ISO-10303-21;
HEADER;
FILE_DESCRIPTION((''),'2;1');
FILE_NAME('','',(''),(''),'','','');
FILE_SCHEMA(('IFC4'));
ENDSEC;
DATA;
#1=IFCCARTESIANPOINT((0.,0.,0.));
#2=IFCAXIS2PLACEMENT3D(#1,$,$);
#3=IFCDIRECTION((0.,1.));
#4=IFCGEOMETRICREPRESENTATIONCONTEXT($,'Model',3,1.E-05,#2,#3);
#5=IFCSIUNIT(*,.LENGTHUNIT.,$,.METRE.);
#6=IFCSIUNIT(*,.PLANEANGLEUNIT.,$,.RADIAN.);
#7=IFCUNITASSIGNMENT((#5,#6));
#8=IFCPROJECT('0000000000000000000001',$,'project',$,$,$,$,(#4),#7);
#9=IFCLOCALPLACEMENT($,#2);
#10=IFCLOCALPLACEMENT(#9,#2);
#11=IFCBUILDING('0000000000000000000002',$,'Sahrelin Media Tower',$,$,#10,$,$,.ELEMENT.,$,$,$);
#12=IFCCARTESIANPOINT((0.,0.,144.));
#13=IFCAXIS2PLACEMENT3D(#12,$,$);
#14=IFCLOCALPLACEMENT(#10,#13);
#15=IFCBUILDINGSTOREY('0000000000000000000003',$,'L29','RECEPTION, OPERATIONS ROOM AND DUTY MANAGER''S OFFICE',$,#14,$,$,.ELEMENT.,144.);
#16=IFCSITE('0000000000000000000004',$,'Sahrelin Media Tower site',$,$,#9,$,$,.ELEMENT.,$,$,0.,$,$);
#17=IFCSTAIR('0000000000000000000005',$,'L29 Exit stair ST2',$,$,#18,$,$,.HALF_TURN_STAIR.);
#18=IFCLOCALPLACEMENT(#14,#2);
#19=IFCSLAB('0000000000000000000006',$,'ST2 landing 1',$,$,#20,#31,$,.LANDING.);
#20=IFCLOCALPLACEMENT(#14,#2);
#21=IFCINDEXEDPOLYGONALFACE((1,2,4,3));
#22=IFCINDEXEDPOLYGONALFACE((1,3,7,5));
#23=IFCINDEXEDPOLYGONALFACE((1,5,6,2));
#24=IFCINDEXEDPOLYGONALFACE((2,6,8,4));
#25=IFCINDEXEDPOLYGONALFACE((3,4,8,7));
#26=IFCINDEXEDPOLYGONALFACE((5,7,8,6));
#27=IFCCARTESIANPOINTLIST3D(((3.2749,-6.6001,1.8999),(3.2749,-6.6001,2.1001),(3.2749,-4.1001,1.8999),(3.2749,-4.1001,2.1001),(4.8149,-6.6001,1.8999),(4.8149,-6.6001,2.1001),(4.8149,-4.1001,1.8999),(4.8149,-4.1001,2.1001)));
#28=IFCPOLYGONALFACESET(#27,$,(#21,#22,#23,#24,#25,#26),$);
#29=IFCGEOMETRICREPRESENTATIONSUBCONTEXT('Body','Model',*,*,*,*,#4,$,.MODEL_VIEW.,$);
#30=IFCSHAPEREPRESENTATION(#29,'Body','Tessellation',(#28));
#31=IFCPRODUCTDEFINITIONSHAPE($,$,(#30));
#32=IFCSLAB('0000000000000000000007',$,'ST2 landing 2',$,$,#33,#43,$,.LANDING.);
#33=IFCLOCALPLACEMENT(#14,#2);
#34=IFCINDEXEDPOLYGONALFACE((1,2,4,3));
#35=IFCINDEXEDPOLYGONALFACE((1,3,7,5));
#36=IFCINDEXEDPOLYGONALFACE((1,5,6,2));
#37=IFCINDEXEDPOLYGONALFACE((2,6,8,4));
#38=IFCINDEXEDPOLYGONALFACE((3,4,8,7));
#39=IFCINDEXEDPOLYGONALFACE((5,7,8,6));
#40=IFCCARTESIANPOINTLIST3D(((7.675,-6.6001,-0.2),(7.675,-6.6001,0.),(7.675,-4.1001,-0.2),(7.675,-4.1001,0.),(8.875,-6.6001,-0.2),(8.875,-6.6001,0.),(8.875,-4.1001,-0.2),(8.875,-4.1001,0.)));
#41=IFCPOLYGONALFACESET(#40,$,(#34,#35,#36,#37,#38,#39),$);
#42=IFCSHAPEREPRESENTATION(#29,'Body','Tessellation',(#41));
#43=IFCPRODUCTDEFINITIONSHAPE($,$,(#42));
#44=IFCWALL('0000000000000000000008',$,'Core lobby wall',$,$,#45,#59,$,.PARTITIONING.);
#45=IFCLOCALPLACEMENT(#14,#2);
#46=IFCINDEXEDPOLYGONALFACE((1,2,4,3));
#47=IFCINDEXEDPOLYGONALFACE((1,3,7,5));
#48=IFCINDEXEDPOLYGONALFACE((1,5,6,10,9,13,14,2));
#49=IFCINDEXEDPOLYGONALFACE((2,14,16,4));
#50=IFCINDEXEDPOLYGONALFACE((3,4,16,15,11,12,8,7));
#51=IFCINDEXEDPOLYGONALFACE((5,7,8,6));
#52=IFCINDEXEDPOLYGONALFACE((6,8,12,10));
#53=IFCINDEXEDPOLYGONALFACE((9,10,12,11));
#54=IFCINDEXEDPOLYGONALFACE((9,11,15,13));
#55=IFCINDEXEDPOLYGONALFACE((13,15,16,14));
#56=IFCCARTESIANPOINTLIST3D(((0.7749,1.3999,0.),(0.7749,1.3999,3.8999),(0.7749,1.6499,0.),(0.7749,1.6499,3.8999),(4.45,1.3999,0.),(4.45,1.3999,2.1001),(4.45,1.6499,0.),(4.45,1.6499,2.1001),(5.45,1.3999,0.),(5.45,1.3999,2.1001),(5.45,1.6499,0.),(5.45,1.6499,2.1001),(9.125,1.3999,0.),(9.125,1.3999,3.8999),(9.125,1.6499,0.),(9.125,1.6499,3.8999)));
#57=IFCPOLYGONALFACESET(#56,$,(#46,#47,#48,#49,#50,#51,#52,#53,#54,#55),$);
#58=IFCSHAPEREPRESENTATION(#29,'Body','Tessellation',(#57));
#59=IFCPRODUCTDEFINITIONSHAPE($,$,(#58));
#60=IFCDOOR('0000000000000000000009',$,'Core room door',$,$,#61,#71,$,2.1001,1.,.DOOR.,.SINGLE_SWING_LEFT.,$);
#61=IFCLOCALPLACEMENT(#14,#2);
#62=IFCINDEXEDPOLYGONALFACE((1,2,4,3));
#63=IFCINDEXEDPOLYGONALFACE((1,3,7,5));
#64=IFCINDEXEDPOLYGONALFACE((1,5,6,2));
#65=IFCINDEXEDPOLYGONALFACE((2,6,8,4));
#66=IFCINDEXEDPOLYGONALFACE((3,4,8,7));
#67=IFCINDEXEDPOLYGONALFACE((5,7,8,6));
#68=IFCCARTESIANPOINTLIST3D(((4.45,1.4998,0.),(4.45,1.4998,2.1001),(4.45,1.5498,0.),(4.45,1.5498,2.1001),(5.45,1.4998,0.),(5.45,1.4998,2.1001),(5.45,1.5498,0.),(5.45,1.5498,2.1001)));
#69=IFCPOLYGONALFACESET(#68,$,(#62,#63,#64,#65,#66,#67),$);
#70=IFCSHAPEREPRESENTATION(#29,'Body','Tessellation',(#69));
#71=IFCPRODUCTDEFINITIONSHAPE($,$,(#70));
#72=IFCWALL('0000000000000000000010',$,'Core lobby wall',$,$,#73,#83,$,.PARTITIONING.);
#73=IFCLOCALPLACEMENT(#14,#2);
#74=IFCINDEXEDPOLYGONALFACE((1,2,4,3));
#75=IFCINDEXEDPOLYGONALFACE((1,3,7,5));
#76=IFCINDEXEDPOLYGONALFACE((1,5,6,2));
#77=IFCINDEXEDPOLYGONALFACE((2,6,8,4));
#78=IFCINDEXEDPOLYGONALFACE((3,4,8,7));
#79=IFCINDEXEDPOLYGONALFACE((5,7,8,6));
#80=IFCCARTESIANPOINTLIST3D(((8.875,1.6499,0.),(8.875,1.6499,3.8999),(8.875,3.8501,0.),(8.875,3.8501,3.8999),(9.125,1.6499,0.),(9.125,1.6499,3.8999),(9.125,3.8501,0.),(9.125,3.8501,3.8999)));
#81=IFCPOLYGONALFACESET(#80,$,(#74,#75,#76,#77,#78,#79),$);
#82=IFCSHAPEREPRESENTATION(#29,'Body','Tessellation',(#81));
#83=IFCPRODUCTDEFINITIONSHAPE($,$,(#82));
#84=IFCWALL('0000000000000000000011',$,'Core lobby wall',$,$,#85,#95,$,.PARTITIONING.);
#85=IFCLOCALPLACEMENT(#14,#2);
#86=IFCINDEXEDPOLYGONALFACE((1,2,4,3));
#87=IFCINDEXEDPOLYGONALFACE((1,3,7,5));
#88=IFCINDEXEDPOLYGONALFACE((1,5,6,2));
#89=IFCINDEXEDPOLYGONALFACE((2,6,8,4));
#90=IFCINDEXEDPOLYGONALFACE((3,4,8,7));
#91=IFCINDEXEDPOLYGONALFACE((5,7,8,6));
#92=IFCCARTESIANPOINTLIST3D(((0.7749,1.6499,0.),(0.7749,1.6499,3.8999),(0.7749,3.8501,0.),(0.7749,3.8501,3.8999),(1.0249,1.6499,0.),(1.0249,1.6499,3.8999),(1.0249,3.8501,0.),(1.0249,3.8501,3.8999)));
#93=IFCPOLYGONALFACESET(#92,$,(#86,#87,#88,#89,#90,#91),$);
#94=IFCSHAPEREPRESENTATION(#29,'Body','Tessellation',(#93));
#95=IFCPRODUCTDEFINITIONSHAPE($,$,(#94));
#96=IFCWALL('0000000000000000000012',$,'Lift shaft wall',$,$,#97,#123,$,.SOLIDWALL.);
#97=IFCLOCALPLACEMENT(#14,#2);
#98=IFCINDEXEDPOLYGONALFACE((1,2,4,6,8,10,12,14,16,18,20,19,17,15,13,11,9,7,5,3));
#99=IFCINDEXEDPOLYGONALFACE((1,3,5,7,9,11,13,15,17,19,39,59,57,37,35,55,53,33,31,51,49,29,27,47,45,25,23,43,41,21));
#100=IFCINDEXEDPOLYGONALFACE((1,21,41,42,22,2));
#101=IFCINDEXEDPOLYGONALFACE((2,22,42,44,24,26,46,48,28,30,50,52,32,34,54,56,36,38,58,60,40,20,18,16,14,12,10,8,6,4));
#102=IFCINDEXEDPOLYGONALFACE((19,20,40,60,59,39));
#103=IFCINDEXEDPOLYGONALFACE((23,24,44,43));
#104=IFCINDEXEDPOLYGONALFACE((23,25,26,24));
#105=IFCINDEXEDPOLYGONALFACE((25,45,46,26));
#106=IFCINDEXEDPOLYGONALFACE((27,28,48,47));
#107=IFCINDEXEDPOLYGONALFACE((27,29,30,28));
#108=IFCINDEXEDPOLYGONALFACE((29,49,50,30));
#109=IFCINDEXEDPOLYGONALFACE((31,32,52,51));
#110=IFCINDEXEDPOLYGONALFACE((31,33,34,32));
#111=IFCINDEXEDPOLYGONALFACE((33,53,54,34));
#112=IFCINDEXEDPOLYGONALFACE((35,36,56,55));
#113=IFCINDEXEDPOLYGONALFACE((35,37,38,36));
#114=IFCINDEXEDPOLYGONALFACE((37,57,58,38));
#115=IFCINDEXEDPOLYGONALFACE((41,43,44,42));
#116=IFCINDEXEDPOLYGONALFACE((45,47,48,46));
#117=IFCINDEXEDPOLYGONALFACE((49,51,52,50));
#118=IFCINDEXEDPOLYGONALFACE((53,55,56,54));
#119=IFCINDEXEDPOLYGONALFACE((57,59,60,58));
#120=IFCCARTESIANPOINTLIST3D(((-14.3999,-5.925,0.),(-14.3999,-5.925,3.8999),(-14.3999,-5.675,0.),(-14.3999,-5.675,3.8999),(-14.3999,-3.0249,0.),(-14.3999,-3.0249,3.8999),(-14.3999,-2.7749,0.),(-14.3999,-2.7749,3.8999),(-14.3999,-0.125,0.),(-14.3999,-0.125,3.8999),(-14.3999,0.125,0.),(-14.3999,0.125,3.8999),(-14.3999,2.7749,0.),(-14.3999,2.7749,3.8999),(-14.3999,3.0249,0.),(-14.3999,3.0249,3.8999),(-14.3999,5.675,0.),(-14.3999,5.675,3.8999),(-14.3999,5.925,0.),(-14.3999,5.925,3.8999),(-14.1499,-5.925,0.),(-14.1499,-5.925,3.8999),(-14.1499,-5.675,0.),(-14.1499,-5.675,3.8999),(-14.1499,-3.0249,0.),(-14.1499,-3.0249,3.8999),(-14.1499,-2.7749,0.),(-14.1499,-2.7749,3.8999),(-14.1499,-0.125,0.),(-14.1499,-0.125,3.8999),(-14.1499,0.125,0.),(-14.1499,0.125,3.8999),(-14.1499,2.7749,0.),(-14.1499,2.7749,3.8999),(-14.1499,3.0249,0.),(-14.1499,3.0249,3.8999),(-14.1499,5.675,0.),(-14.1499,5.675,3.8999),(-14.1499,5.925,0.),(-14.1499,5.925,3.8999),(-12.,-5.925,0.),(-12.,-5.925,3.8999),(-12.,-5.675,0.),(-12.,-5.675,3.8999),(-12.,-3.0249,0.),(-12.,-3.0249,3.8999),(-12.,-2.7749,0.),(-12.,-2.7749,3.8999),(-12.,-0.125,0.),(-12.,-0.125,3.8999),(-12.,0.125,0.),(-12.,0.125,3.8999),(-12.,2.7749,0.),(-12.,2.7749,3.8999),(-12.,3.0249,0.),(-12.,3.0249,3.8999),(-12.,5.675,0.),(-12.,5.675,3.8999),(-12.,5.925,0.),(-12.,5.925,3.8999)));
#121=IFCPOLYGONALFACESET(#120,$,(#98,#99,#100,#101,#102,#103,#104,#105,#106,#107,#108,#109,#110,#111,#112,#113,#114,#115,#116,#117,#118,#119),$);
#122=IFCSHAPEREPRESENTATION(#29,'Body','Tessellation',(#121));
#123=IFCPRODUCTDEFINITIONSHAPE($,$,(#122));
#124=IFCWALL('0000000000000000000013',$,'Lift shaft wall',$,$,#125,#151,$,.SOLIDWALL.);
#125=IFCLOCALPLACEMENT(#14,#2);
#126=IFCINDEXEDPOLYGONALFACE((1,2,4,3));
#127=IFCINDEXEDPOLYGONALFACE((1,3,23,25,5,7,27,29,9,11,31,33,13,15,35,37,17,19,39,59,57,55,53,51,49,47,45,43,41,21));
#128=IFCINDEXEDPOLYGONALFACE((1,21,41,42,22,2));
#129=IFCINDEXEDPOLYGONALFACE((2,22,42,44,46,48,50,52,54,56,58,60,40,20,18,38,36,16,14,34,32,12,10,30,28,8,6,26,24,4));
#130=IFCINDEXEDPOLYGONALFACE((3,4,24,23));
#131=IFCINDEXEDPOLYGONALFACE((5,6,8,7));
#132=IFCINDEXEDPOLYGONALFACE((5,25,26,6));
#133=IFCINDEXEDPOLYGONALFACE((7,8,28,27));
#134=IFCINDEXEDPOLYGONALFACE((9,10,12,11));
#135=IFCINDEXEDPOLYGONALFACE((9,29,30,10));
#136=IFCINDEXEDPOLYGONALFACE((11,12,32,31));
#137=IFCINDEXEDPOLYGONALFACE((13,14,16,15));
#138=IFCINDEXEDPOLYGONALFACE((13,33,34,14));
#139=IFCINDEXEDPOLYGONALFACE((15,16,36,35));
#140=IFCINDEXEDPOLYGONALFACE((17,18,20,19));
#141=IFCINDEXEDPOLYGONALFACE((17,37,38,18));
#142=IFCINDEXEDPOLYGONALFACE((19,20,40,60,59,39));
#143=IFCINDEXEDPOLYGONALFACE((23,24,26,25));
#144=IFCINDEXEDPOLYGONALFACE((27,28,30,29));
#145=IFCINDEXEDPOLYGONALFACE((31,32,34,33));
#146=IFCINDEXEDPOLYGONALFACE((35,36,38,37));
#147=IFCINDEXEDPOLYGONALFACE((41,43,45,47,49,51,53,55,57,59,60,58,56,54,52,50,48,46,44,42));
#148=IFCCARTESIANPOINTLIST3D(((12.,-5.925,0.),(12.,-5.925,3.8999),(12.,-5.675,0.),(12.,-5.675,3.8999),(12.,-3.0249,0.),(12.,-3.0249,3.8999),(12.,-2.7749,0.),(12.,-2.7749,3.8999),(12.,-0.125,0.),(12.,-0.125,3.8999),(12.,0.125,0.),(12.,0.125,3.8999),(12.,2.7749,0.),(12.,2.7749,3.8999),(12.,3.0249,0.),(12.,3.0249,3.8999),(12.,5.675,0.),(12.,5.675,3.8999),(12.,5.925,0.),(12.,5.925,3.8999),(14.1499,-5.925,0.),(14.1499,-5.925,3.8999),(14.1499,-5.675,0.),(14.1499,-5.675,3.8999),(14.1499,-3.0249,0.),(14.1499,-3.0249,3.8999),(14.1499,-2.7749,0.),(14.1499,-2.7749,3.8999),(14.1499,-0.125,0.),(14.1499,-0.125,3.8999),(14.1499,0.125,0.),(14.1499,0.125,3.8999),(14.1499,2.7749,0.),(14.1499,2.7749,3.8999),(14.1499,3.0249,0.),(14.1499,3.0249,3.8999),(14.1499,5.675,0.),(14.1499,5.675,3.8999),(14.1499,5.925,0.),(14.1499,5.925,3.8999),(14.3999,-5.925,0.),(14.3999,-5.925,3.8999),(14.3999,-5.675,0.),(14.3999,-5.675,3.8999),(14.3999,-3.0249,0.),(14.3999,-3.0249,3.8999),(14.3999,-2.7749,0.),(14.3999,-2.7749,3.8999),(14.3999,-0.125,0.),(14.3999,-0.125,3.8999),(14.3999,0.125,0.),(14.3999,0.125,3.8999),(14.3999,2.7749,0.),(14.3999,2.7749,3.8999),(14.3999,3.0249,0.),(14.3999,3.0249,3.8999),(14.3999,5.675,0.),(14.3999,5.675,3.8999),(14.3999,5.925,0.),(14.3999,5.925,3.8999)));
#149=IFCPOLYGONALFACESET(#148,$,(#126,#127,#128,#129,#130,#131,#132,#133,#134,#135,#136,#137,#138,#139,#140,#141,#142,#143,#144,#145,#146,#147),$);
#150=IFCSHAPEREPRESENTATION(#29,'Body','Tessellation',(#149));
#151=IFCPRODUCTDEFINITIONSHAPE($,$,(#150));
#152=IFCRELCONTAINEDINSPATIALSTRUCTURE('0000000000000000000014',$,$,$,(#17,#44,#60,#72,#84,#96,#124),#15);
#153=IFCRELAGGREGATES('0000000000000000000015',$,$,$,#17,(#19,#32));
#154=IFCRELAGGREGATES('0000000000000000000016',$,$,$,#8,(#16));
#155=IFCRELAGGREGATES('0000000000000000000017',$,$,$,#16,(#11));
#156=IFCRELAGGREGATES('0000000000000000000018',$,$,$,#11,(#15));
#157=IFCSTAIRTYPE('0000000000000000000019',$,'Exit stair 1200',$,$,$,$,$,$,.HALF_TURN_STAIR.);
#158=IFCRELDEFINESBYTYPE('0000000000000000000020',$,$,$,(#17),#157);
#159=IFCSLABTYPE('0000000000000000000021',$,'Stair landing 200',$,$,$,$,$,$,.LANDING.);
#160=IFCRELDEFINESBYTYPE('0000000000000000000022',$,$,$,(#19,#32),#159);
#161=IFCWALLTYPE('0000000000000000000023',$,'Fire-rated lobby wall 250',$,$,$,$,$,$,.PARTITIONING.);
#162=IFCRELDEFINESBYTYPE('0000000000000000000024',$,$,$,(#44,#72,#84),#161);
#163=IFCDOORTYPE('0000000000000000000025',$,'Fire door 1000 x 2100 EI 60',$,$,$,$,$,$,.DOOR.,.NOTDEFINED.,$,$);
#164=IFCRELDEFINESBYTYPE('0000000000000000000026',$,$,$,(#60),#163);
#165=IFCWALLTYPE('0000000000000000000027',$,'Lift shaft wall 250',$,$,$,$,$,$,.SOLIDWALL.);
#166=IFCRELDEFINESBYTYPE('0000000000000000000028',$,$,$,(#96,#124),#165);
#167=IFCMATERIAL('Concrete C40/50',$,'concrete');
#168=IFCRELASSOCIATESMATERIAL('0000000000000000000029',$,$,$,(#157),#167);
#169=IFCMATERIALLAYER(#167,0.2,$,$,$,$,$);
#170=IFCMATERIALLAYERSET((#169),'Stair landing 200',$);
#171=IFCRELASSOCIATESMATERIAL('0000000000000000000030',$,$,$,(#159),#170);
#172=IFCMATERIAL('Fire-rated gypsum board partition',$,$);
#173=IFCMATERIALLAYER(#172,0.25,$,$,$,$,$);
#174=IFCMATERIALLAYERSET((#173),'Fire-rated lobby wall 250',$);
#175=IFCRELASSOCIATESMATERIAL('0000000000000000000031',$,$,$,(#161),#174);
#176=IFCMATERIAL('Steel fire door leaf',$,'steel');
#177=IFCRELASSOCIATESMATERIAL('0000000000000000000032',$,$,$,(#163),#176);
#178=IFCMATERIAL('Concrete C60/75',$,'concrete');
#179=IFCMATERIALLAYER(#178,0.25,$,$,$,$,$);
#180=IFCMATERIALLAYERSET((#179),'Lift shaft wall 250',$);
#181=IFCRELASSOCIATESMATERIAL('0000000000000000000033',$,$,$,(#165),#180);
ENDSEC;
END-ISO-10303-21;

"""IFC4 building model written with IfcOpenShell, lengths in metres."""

from ifc_helpers import new_model, si_unit, direction, frame, frame_2d, origin, place, context, subcontext, project, spatial, polyline, rectangle, outline, extrude, material, layer, layer_set, type_object, element, fill, aggregate, save


model = new_model("IFC4")

# Units and contexts
model_context = context("Model", 3, precision=1e-05, world=origin(), true_north=direction((0.0, 1.0)))
body_context = subcontext(model_context, "Body", "Model", "MODEL_VIEW")
ifc_project = project(units=[si_unit("LENGTHUNIT", "METRE"), si_unit("PLANEANGLEUNIT", "RADIAN")], contexts=[model_context])

# Site, building, storey
site_placement = place(None, origin())
site = spatial("IfcSite", under=ifc_project, at=site_placement, Name="Sahrelin Media Tower site", CompositionType="ELEMENT", RefElevation=0.0)
building_placement = place(site_placement, origin())
building = spatial("IfcBuilding", under=site, at=building_placement, Name="Sahrelin Media Tower", CompositionType="ELEMENT")
storey_placement = place(building_placement, frame((0.0, 0.0, 144.0)))
storey = spatial("IfcBuildingStorey", under=building, at=storey_placement, Name="L29", Description="RECEPTION, OPERATIONS ROOM AND DUTY MANAGER'S OFFICE", CompositionType="ELEMENT", Elevation=144.0)

# Shared definitions
ifc_material_1 = material(Name="Concrete C40/50", Category="concrete")

# Shared definitions
stair_type = type_object("IfcStairType", Name="Exit stair 1200", PredefinedType="HALF_TURN_STAIR", material=ifc_material_1)
placement_1 = place(storey_placement, origin())
ifc_layer_1 = layer(ifc_material_1, 0.2)
ifc_layer_set_1 = layer_set([ifc_layer_1], Name="Stair landing 200")
slab_type_1 = type_object("IfcSlabType", Name="Stair landing 200", PredefinedType="LANDING", material=ifc_layer_set_1)
placement_2 = place(storey_placement, frame((0.0, 0.0, -0.2)))

# Stair, slabs
stair_1 = element("IfcStair", 1, at=placement_1, inside=storey, type_object=stair_type, Name="L29 Exit stair ST2", PredefinedType="HALF_TURN_STAIR")
slab_1_placement = place(storey_placement, frame((0.0, 0.0, 1.8999)))
slab_1 = element("IfcSlab", 2, at=slab_1_placement, type_object=slab_type_1, Name="ST2 landing 1", PredefinedType="LANDING", context=body_context, shape_type="SweptSolid", body=[
    extrude(outline(polyline([(4.8149, -4.1001), (3.2749, -4.1001), (3.2749, -6.6001), (4.8149, -6.6001), (4.8149, -4.1001)])), origin(), (0.0, 0.0, 1.0), 0.2002),
])
slab_2 = element("IfcSlab", 3, at=placement_2, type_object=slab_type_1, Name="ST2 landing 2", PredefinedType="LANDING", context=body_context, shape_type="SweptSolid", body=[
    extrude(outline(polyline([(8.875, -4.1001), (7.675, -4.1001), (7.675, -6.6001), (8.875, -6.6001), (8.875, -4.1001)])), origin(), (0.0, 0.0, 1.0), 0.2),
])
aggregate(stair_1, [slab_1, slab_2])

# Wall, opening, door
ifc_material_2 = material(Name="Fire-rated gypsum board partition")
ifc_layer_2 = layer(ifc_material_2, 0.25)
ifc_layer_set_2 = layer_set([ifc_layer_2], Name="Fire-rated lobby wall 250")
wall_type_1 = type_object("IfcWallType", Name="Fire-rated lobby wall 250", PredefinedType="PARTITIONING", material=ifc_layer_set_2)
wall_1_placement = place(storey_placement, frame((0.7749, 1.5249, 0.0), z_axis=(0.0, 0.0, 1.0), x_axis=(1.0, 0.0, 0.0)))
wall_1 = element("IfcWall", 4, at=wall_1_placement, inside=storey, type_object=wall_type_1, Name="Core lobby wall", PredefinedType="PARTITIONING", context=body_context, shape_type="SweptSolid", body=[
    extrude(rectangle(XDim=8.3501, YDim=0.25, at=frame_2d((4.175, 0.0))), origin(), (0.0, 0.0, 1.0), 3.8999),
])
opening_1_placement = place(wall_1_placement, frame((3.675, 0.0, 0.0)))
opening_1 = element("IfcOpeningElement", 5, at=opening_1_placement, cuts=wall_1, PredefinedType="OPENING", context=body_context, shape_type="SweptSolid", body=[
    extrude(rectangle(XDim=1.0, YDim=2.1001, at=frame_2d((0.5, 1.05))), frame((0.0, 0.125, 0.0), z_axis=(0.0, -1.0, 0.0), x_axis=(1.0, 0.0, 0.0)), (0.0, 0.0, 1.0), 0.25),
])
ifc_material_3 = material(Name="Steel fire door leaf", Category="steel")
door_type_1 = type_object("IfcDoorType", Name="Fire door 1000 x 2100 EI 60", OperationType="NOTDEFINED", PredefinedType="DOOR", material=ifc_material_3)
door_1_placement = place(opening_1_placement, origin())
door_1 = element("IfcDoor", 6, at=door_1_placement, inside=storey, type_object=door_type_1, Name="Core room door", OperationType="SINGLE_SWING_LEFT", OverallHeight=2.1001, OverallWidth=1.0, PredefinedType="DOOR", context=body_context, shape_type="SweptSolid", body=[
    extrude(rectangle(XDim=1.0, YDim=2.1001, at=frame_2d((0.5, 1.05))), frame((0.0, 0.0249, 0.0), z_axis=(0.0, -1.0, 0.0), x_axis=(1.0, 0.0, 0.0)), (0.0, 0.0, 1.0), 0.05),
])
fill(opening_1, door_1)

# Walls
for number, where, z_axis, x_axis, name in (
    (7, (9.0, 1.6499, 0.0), (0.0, 0.0, 1.0), (0.0, 1.0, 0.0), "Core lobby wall"),
    (8, (0.8999, 1.6499, 0.0), (0.0, 0.0, 1.0), (0.0, 1.0, 0.0), "Core lobby wall"),
):
    element("IfcWall", number, at=place(storey_placement, frame(where, z_axis=z_axis, x_axis=x_axis)), inside=storey, type_object=wall_type_1, Name=name, PredefinedType="PARTITIONING", context=body_context, shape_type="SweptSolid", body=[
        extrude(rectangle(XDim=2.2002, YDim=0.25, at=frame_2d((1.1001, 0.0))), origin(), (0.0, 0.0, 1.0), 3.8999),
    ])
ifc_material_4 = material(Name="Concrete C60/75", Category="concrete")
ifc_layer_3 = layer(ifc_material_4, 0.25)
ifc_layer_set_3 = layer_set([ifc_layer_3], Name="Lift shaft wall 250")
wall_type_2 = type_object("IfcWallType", Name="Lift shaft wall 250", PredefinedType="SOLIDWALL", material=ifc_layer_set_3)
element("IfcWall", 9, at=placement_1, inside=storey, type_object=wall_type_2, Name="Lift shaft wall", PredefinedType="SOLIDWALL", context=body_context, shape_type="SweptSolid", body=[
    extrude(outline(polyline([(-12.0, -5.925), (-12.0, -5.675), (-14.1499, -5.675), (-14.1499, -3.0249), (-12.0, -3.0249), (-12.0, -2.7749), (-14.1499, -2.7749), (-14.1499, -0.125), (-12.0, -0.125), (-12.0, 0.125), (-14.1499, 0.125), (-14.1499, 2.7749), (-12.0, 2.7749), (-12.0, 3.0249), (-14.1499, 3.0249), (-14.1499, 5.675), (-12.0, 5.675), (-12.0, 5.925), (-14.1499, 5.925), (-14.3999, 5.925), (-14.3999, 5.675), (-14.3999, 3.0249), (-14.3999, 2.7749), (-14.3999, 0.125), (-14.3999, -0.125), (-14.3999, -2.7749), (-14.3999, -3.0249), (-14.3999, -5.675), (-14.3999, -5.925), (-14.1499, -5.925), (-12.0, -5.925)])), origin(), (0.0, 0.0, 1.0), 3.8999),
])
element("IfcWall", 10, at=placement_1, inside=storey, type_object=wall_type_2, Name="Lift shaft wall", PredefinedType="SOLIDWALL", context=body_context, shape_type="SweptSolid", body=[
    extrude(outline(polyline([(12.0, -5.675), (12.0, -5.925), (14.1499, -5.925), (14.3999, -5.925), (14.3999, -5.675), (14.3999, -3.0249), (14.3999, -2.7749), (14.3999, -0.125), (14.3999, 0.125), (14.3999, 2.7749), (14.3999, 3.0249), (14.3999, 5.675), (14.3999, 5.925), (14.1499, 5.925), (12.0, 5.925), (12.0, 5.675), (14.1499, 5.675), (14.1499, 3.0249), (12.0, 3.0249), (12.0, 2.7749), (14.1499, 2.7749), (14.1499, 0.125), (12.0, 0.125), (12.0, -0.125), (14.1499, -0.125), (14.1499, -2.7749), (12.0, -2.7749), (12.0, -3.0249), (14.1499, -3.0249), (14.1499, -5.675), (12.0, -5.675)])), origin(), (0.0, 0.0, 1.0), 3.8999),
])

save(model, "model.ifc")
